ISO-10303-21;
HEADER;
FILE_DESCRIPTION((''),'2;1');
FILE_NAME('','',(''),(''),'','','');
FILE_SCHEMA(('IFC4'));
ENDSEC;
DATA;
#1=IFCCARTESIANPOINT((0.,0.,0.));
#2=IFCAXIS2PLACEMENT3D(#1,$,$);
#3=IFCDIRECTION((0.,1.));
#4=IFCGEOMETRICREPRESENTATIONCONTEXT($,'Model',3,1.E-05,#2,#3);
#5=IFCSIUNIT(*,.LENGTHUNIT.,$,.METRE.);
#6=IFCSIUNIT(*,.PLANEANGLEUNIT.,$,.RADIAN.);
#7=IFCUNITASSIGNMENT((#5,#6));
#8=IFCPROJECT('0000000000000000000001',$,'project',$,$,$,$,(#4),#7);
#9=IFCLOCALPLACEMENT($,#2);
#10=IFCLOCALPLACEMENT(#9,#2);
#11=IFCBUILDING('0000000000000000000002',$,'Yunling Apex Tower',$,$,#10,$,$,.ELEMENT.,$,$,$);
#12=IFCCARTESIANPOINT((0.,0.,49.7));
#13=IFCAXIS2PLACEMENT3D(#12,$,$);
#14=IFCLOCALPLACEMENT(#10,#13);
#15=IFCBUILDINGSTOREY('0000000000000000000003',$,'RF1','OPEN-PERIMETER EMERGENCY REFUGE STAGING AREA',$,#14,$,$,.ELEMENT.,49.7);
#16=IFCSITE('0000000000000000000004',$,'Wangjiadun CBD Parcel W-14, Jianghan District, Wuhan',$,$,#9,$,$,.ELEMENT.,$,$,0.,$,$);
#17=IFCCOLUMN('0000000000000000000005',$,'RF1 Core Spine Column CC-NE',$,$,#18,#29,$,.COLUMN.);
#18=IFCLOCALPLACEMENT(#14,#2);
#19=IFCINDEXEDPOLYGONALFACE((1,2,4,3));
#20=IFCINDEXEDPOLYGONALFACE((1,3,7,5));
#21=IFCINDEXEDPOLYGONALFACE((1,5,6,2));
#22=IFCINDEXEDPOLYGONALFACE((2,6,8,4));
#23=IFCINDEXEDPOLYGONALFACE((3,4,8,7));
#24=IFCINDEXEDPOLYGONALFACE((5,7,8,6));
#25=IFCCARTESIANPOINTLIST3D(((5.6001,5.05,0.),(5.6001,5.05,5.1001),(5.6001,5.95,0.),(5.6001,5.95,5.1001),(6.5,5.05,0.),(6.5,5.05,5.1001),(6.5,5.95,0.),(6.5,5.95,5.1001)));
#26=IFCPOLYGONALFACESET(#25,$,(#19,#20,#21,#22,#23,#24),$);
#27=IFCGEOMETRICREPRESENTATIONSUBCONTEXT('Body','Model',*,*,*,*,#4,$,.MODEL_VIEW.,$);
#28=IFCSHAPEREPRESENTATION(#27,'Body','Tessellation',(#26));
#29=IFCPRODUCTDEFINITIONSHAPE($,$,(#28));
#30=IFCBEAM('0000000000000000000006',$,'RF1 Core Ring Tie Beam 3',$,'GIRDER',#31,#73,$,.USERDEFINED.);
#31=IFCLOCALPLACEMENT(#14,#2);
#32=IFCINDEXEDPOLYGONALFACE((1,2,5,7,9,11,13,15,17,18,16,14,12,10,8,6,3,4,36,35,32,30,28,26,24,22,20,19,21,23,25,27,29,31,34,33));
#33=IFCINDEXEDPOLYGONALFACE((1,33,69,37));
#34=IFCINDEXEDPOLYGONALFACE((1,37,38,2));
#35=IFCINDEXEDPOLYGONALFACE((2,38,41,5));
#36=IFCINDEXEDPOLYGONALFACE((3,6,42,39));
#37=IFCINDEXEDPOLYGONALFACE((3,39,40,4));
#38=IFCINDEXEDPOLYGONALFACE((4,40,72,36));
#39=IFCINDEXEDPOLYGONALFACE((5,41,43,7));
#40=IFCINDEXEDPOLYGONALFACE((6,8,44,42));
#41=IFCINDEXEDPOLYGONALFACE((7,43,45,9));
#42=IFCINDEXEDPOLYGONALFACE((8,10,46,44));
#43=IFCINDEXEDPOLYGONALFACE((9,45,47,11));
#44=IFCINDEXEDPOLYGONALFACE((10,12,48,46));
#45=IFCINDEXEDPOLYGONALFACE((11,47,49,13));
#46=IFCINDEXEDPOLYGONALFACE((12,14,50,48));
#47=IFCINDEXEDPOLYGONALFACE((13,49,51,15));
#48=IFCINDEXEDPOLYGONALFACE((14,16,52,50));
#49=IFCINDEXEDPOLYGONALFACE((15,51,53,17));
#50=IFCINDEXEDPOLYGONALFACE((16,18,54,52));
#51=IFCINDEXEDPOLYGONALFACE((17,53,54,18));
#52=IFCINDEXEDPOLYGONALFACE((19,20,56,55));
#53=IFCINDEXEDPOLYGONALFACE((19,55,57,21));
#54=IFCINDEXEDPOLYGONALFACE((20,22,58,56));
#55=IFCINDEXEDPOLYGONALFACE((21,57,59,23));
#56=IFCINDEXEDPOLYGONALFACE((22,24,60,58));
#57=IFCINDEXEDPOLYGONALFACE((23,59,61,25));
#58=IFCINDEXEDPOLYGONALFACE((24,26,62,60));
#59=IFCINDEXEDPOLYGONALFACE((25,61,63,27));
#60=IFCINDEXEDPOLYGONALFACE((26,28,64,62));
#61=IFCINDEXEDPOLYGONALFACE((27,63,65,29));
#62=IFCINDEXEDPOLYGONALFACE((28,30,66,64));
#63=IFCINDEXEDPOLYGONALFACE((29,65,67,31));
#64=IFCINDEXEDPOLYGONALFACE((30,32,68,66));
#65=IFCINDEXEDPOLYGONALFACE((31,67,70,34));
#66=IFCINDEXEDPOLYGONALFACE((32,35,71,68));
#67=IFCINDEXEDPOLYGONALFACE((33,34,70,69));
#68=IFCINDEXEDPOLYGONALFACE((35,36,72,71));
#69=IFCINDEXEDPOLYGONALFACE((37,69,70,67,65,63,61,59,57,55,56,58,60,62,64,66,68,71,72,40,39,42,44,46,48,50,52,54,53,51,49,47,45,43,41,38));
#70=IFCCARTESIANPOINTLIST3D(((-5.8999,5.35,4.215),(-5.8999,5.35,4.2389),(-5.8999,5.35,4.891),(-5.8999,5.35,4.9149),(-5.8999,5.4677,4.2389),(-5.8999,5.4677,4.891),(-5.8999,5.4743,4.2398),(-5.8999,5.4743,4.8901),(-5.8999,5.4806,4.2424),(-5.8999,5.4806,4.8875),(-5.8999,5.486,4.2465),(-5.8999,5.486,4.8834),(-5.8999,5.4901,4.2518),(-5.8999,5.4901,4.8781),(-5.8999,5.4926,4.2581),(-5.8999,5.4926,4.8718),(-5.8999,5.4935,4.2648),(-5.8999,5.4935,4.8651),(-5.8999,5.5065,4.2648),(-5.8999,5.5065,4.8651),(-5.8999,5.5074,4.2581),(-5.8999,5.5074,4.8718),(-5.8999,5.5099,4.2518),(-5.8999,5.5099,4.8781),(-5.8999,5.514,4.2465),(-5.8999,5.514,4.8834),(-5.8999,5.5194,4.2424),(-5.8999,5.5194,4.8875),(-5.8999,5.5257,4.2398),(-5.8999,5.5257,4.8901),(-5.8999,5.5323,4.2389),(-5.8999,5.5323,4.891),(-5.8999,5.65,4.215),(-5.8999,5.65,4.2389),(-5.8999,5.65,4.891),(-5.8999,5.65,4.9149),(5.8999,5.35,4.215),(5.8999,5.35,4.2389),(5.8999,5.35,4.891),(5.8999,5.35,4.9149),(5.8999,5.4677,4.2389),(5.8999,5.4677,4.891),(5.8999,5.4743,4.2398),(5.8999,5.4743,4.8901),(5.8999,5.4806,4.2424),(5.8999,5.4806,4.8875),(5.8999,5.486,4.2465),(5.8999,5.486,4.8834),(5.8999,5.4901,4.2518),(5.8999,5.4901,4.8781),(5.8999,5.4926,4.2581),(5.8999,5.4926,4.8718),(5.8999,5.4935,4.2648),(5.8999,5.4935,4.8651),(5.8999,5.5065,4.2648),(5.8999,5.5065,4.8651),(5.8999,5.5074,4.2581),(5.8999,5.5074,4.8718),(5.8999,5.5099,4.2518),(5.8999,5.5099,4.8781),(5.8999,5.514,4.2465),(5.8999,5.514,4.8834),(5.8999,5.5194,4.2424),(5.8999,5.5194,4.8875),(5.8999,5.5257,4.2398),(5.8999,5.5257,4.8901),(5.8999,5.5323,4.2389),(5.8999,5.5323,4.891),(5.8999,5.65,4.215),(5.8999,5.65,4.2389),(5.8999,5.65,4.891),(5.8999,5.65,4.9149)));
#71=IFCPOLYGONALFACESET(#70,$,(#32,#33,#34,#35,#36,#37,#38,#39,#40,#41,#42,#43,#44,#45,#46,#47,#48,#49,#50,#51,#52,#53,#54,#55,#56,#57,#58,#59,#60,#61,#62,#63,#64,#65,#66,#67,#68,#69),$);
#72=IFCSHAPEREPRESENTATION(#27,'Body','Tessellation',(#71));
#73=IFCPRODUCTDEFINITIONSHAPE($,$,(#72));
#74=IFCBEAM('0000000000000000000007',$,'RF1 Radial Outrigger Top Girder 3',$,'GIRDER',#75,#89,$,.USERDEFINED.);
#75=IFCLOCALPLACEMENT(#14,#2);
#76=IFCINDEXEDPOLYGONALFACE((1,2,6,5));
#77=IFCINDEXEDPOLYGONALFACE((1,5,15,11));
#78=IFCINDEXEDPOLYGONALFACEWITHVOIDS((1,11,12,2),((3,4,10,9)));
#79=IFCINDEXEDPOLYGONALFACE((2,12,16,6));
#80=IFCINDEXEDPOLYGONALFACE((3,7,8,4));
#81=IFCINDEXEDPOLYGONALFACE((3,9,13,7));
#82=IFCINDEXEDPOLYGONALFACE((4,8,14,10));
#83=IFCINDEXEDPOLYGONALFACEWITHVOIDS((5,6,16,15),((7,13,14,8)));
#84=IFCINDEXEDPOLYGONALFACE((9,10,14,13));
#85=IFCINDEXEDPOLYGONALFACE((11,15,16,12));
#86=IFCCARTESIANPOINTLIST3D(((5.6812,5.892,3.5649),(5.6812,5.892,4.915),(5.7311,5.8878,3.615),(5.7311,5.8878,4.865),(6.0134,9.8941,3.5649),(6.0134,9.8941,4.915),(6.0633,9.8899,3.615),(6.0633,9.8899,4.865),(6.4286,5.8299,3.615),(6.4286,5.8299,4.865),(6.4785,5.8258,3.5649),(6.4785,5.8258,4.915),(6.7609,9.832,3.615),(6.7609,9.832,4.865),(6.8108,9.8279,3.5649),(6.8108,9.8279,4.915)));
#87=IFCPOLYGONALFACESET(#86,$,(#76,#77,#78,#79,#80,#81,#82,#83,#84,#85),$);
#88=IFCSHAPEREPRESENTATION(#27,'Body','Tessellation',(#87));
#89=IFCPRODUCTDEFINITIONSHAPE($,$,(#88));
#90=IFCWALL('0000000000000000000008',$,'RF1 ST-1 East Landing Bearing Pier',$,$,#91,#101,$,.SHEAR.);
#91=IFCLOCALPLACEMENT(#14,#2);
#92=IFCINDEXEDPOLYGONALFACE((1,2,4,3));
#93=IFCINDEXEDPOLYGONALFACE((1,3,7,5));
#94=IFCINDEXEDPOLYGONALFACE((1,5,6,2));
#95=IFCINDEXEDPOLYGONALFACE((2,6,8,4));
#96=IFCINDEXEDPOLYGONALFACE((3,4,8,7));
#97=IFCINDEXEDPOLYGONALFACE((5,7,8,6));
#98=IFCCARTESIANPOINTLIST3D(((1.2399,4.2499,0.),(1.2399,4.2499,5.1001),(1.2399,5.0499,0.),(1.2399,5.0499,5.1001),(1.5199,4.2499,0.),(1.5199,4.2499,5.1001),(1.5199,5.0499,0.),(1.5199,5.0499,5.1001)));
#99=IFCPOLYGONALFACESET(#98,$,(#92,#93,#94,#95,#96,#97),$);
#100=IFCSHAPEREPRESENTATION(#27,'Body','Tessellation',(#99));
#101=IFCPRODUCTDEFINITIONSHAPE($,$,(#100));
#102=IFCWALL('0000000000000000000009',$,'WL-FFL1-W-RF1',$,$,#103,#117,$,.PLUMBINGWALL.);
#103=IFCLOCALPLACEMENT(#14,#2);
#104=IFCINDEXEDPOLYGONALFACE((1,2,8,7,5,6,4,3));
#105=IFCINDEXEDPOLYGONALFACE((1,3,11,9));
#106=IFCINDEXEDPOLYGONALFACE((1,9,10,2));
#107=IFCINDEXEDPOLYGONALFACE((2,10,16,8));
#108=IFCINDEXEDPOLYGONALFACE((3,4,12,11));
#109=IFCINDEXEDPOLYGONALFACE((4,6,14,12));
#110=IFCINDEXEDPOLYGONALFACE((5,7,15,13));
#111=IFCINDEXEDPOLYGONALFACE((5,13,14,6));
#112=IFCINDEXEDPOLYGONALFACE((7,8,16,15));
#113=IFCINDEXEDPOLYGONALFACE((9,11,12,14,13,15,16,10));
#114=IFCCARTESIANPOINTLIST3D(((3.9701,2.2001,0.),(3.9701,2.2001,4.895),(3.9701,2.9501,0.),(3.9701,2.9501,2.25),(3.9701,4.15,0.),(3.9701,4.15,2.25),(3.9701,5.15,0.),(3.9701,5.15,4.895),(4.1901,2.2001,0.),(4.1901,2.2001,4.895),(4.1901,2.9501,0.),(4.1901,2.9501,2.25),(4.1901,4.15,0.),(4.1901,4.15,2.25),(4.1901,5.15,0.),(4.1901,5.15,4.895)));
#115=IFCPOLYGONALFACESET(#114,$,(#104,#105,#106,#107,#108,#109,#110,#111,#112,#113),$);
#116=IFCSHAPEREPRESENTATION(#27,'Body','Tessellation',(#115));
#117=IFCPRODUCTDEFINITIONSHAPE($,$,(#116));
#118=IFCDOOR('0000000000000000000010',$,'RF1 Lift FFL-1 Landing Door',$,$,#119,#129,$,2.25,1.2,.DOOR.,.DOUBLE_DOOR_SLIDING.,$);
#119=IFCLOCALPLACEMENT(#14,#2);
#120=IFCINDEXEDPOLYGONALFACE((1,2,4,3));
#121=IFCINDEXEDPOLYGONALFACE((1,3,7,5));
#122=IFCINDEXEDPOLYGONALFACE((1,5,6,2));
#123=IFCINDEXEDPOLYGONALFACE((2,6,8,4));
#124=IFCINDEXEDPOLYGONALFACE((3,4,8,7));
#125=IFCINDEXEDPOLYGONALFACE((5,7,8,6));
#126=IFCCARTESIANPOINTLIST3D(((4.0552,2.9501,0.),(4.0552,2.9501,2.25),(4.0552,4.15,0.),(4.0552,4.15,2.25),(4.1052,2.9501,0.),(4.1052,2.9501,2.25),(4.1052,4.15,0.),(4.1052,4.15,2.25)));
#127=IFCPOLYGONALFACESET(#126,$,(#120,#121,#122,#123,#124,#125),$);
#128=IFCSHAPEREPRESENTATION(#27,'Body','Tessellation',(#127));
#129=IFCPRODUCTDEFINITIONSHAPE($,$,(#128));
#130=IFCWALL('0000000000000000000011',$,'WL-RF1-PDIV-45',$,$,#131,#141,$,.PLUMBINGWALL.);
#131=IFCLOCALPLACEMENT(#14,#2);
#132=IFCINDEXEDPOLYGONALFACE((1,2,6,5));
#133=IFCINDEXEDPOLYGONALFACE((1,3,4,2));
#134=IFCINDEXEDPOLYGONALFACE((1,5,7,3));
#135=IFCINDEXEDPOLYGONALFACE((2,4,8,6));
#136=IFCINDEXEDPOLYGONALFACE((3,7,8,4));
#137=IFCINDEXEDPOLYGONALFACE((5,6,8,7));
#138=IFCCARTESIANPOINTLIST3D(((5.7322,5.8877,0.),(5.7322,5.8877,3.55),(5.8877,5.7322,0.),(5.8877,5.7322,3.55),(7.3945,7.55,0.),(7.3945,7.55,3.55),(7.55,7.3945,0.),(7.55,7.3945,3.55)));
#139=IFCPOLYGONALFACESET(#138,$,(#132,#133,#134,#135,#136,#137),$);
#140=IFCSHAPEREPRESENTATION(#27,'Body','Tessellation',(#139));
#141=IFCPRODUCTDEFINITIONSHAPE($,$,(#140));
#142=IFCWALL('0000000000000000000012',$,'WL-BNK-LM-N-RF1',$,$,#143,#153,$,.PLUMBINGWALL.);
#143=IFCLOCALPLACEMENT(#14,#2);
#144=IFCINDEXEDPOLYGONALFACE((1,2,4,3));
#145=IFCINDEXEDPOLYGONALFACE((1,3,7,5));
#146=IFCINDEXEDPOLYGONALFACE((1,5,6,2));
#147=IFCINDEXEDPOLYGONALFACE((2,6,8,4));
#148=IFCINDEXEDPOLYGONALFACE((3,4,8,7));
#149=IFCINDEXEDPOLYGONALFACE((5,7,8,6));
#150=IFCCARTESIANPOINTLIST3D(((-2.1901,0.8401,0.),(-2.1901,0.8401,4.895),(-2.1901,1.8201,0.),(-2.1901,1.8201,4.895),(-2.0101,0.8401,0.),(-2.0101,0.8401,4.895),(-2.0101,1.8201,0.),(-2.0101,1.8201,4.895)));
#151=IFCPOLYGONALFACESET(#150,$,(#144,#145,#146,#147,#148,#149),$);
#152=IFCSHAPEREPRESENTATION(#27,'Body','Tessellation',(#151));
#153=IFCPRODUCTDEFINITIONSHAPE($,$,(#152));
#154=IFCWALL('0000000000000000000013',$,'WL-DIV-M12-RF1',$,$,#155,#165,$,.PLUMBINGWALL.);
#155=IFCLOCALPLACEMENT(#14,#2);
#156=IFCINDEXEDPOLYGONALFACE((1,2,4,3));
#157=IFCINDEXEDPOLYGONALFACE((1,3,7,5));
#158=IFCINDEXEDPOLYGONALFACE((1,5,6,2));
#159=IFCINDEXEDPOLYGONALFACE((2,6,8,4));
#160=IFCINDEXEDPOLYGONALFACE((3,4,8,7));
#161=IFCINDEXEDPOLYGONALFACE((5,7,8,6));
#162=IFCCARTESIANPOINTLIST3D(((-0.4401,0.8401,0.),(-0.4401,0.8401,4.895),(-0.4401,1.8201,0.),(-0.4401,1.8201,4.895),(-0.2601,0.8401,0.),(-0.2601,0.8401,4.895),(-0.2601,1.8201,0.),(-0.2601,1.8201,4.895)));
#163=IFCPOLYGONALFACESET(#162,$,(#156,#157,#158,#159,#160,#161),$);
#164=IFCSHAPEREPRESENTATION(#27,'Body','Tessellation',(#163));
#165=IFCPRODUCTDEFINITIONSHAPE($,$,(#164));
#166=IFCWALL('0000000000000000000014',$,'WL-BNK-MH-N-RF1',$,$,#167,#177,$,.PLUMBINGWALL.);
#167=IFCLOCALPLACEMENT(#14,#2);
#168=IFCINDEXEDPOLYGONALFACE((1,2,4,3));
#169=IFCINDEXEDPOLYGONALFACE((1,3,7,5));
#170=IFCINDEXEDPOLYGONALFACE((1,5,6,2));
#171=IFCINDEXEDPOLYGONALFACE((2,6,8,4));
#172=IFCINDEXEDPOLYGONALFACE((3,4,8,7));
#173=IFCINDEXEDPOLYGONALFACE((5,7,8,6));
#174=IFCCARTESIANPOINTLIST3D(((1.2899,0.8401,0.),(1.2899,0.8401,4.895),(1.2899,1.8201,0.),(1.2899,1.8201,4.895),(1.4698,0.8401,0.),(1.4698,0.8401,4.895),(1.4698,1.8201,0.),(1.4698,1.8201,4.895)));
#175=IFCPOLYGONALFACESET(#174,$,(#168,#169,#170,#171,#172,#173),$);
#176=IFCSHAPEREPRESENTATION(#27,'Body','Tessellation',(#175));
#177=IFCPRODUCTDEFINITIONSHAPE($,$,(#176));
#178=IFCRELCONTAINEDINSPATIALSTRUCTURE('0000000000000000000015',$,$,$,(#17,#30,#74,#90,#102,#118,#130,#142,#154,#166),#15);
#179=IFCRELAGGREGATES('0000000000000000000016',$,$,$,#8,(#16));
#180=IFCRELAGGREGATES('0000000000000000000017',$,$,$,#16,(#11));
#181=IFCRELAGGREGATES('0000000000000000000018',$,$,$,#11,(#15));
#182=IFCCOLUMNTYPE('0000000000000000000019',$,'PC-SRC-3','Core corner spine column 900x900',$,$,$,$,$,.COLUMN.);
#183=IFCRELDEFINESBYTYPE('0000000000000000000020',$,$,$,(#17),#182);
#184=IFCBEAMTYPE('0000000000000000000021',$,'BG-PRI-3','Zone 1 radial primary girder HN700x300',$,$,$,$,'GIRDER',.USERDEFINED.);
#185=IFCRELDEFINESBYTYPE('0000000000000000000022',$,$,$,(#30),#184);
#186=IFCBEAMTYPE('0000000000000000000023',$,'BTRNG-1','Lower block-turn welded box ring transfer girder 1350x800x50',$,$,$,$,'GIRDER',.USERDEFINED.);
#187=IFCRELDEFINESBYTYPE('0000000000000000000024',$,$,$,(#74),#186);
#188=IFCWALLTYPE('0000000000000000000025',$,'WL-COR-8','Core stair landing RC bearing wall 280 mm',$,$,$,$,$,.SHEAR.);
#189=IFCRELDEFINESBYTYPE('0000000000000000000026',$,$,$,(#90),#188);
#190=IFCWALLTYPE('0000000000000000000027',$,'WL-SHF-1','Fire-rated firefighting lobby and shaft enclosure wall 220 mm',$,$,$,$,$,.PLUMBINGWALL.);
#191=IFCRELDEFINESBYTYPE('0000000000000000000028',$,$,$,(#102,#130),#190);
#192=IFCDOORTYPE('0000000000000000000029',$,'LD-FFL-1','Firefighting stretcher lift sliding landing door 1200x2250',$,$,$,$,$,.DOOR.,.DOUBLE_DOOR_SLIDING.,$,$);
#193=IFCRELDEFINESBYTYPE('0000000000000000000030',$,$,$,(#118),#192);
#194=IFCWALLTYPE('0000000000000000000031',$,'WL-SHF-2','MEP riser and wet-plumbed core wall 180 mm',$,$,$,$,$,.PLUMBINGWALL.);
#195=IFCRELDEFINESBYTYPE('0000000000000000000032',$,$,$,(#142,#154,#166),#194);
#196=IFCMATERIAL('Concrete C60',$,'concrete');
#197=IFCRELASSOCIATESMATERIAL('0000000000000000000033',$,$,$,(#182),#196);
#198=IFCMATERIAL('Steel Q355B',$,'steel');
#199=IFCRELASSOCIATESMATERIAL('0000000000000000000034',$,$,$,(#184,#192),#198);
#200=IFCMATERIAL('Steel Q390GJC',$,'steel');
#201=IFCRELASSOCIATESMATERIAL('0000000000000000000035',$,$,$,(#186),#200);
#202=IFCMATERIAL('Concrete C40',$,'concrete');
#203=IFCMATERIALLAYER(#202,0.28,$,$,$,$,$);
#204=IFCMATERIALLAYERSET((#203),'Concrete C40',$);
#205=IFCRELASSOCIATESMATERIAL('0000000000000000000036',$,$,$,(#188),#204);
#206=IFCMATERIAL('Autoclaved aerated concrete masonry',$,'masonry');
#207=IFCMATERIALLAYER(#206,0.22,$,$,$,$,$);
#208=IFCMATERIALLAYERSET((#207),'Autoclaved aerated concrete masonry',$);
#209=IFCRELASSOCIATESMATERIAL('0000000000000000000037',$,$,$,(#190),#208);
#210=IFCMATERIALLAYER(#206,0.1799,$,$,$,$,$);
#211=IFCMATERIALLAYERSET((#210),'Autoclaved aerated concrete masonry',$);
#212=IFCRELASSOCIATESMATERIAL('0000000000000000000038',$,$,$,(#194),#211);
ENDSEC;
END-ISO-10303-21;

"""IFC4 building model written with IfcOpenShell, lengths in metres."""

from ifc_helpers import new_model, si_unit, direction, frame, frame_2d, origin, origin_2d, place, context, subcontext, project, spatial, rectangle, hollow_rectangle, i_section, extrude, source, transform, mapped, material, layer, layer_set, material_profile, profile_set, type_object, element, fill, save


model = new_model("IFC4")

# Units and contexts
model_context = context("Model", 3, precision=1e-05, world=origin(), true_north=direction((0.0, 1.0)))
body_context = subcontext(model_context, "Body", "Model", "MODEL_VIEW")
ifc_project = project(units=[si_unit("LENGTHUNIT", "METRE"), si_unit("PLANEANGLEUNIT", "RADIAN")], contexts=[model_context])

# Site, building, storey
site_placement = place(None, origin())
site = spatial("IfcSite", under=ifc_project, at=site_placement, Name="Wangjiadun CBD Parcel W-14, Jianghan District, Wuhan", CompositionType="ELEMENT", RefElevation=0.0)
building_placement = place(site_placement, origin())
building = spatial("IfcBuilding", under=site, at=building_placement, Name="Yunling Apex Tower", CompositionType="ELEMENT")
storey_placement = place(building_placement, frame((0.0, 0.0, 49.7)))
storey = spatial("IfcBuildingStorey", under=building, at=storey_placement, Name="RF1", Description="OPEN-PERIMETER EMERGENCY REFUGE STAGING AREA", CompositionType="ELEMENT", Elevation=49.7)

# Column
ifc_material_1 = material(Name="Concrete C60", Category="concrete")
ifc_material_profile_1 = material_profile(ifc_material_1, rectangle(XDim=0.8999, YDim=0.8999, at=origin_2d()))
ifc_profile_set_1 = profile_set([ifc_material_profile_1], Name="Concrete C60")
column_type = type_object("IfcColumnType", Name="PC-SRC-3", Description="Core corner spine column 900x900", PredefinedType="COLUMN", material=ifc_profile_set_1)
shared_shape_1 = source(origin(), body_context, "Body", "SweptSolid", [
    extrude(rectangle(XDim=0.8999, YDim=0.8999, at=origin_2d()), origin(), (0.0, 0.0, 1.0), 5.1001),
])
column_placement = place(storey_placement, frame((6.05, 5.5, 0.0), z_axis=(0.0, 0.0, 1.0), x_axis=(1.0, 0.0, 0.0)))
element("IfcColumn", 1, at=column_placement, inside=storey, type_object=column_type, Name="RF1 Core Spine Column CC-NE", PredefinedType="COLUMN", context=body_context, shape_type="MappedRepresentation", body=[
    mapped(shared_shape_1, transform((0.0, 0.0, 0.0), scale=1.0)),
])

# Beams
ifc_material_2 = material(Name="Steel Q355B", Category="steel")
ifc_material_profile_2 = material_profile(ifc_material_2, i_section(OverallWidth=0.3, OverallDepth=0.7, WebThickness=0.0129, FlangeThickness=0.0239, FilletRadius=0.0259, at=origin_2d()))
ifc_profile_set_2 = profile_set([ifc_material_profile_2], Name="Steel Q355B")
beam_type_1 = type_object("IfcBeamType", Name="BG-PRI-3", Description="Zone 1 radial primary girder HN700x300", ElementType="GIRDER", PredefinedType="USERDEFINED", material=ifc_profile_set_2)
shared_shape_2 = source(origin(), body_context, "Body", "SweptSolid", [
    extrude(i_section(OverallWidth=0.3, OverallDepth=0.7, WebThickness=0.0129, FlangeThickness=0.0239, FilletRadius=0.0259, at=origin_2d()), origin(), (0.0, 0.0, 1.0), 11.7998),
])
beam_1_placement = place(storey_placement, frame((5.8999, 5.5, 4.5649), z_axis=(-1.0, 0.0, 0.0), x_axis=(0.0, -1.0, 0.0)))
element("IfcBeam", 2, at=beam_1_placement, inside=storey, type_object=beam_type_1, Name="RF1 Core Ring Tie Beam 3", ObjectType="GIRDER", PredefinedType="USERDEFINED", context=body_context, shape_type="MappedRepresentation", body=[
    mapped(shared_shape_2, transform((0.0, 0.0, 0.0), scale=1.0)),
])
ifc_material_3 = material(Name="Steel Q390GJC", Category="steel")
ifc_material_profile_3 = material_profile(ifc_material_3, hollow_rectangle(XDim=0.8, YDim=1.3501, WallThickness=0.05, at=origin_2d()))
ifc_profile_set_3 = profile_set([ifc_material_profile_3], Name="Steel Q390GJC")
beam_type_2 = type_object("IfcBeamType", Name="BTRNG-1", Description="Lower block-turn welded box ring transfer girder 1350x800x50", ElementType="GIRDER", PredefinedType="USERDEFINED", material=ifc_profile_set_3)
shared_shape_3 = source(origin(), body_context, "Body", "SweptSolid", [
    extrude(hollow_rectangle(XDim=0.8, YDim=1.3501, WallThickness=0.05, at=origin_2d()), origin(), (0.0, 0.0, 1.0), 4.0159),
])
beam_2_placement = place(storey_placement, frame((6.0798, 5.8589, 4.24), z_axis=(0.082739, 0.996571, 0.0), x_axis=(-0.996571, 0.082739, 0.0)))
element("IfcBeam", 3, at=beam_2_placement, inside=storey, type_object=beam_type_2, Name="RF1 Radial Outrigger Top Girder 3", ObjectType="GIRDER", PredefinedType="USERDEFINED", context=body_context, shape_type="MappedRepresentation", body=[
    mapped(shared_shape_3, transform((0.0, 0.0, 0.0), scale=1.0)),
])

# Wall
ifc_material_4 = material(Name="Concrete C40", Category="concrete")
ifc_layer_1 = layer(ifc_material_4, 0.28)
ifc_layer_set_1 = layer_set([ifc_layer_1], Name="Concrete C40")
wall_type_1 = type_object("IfcWallType", Name="WL-COR-8", Description="Core stair landing RC bearing wall 280 mm", PredefinedType="SHEAR", material=ifc_layer_set_1)
wall_1_placement = place(storey_placement, frame((1.3799, 4.25, 0.0), z_axis=(0.0, 0.0, 1.0), x_axis=(0.0, 1.0, 0.0)))
element("IfcWall", 4, at=wall_1_placement, inside=storey, type_object=wall_type_1, Name="RF1 ST-1 East Landing Bearing Pier", PredefinedType="SHEAR", context=body_context, shape_type="SweptSolid", body=[
    extrude(rectangle(XDim=0.8, YDim=0.28, at=frame_2d((0.3999, 0.0))), origin(), (0.0, 0.0, 1.0), 5.1001),
])

# Wall, opening, door
ifc_material_5 = material(Name="Autoclaved aerated concrete masonry", Category="masonry")
ifc_layer_2 = layer(ifc_material_5, 0.22)
ifc_layer_set_2 = layer_set([ifc_layer_2], Name="Autoclaved aerated concrete masonry")
wall_type_2 = type_object("IfcWallType", Name="WL-SHF-1", Description="Fire-rated firefighting lobby and shaft enclosure wall 220 mm", PredefinedType="PLUMBINGWALL", material=ifc_layer_set_2)
wall_2_placement = place(storey_placement, frame((4.0801, 2.2, 0.0), z_axis=(0.0, 0.0, 1.0), x_axis=(0.0, 1.0, 0.0)))
wall_2 = element("IfcWall", 5, at=wall_2_placement, inside=storey, type_object=wall_type_2, Name="WL-FFL1-W-RF1", PredefinedType="PLUMBINGWALL", context=body_context, shape_type="SweptSolid", body=[
    extrude(rectangle(XDim=2.95, YDim=0.22, at=frame_2d((1.4751, 0.0))), origin(), (0.0, 0.0, 1.0), 4.895),
])
opening_1_placement = place(wall_2_placement, frame((0.75, 0.0, 0.0)))
opening_1 = element("IfcOpeningElement", 6, at=opening_1_placement, cuts=wall_2, PredefinedType="OPENING", context=body_context, shape_type="SweptSolid", body=[
    extrude(rectangle(XDim=1.2, YDim=2.25, at=frame_2d((0.6001, 1.125))), frame((0.0, 0.1201, 0.0), z_axis=(0.0, -1.0, 0.0), x_axis=(1.0, 0.0, 0.0)), (0.0, 0.0, 1.0), 0.24),
])
door_type_1 = type_object("IfcDoorType", Name="LD-FFL-1", Description="Firefighting stretcher lift sliding landing door 1200x2250", OperationType="DOUBLE_DOOR_SLIDING", PredefinedType="DOOR", material=ifc_material_2)
door_1_placement = place(opening_1_placement, origin())
door_1 = element("IfcDoor", 7, at=door_1_placement, inside=storey, type_object=door_type_1, Name="RF1 Lift FFL-1 Landing Door", OperationType="DOUBLE_DOOR_SLIDING", OverallHeight=2.25, OverallWidth=1.2, PredefinedType="DOOR", context=body_context, shape_type="SweptSolid", body=[
    extrude(rectangle(XDim=1.2, YDim=2.25, at=frame_2d((0.6001, 1.125))), frame((0.0, 0.0249, 0.0), z_axis=(0.0, -1.0, 0.0), x_axis=(1.0, 0.0, 0.0)), (0.0, 0.0, 1.0), 0.05),
])
fill(opening_1, door_1)

# Walls
wall_3_placement = place(storey_placement, frame((5.8101, 5.8101, 0.0), z_axis=(0.0, 0.0, 1.0), x_axis=(0.707107, 0.707107, 0.0)))
element("IfcWall", 8, at=wall_3_placement, inside=storey, type_object=wall_type_2, Name="WL-RF1-PDIV-45", PredefinedType="PLUMBINGWALL", context=body_context, shape_type="SweptSolid", body=[
    extrude(rectangle(XDim=2.3508, YDim=0.22, at=frame_2d((1.1753, 0.0))), origin(), (0.0, 0.0, 1.0), 3.55),
])
ifc_layer_3 = layer(ifc_material_5, 0.1799)
ifc_layer_set_3 = layer_set([ifc_layer_3], Name="Autoclaved aerated concrete masonry")
wall_type_3 = type_object("IfcWallType", Name="WL-SHF-2", Description="MEP riser and wet-plumbed core wall 180 mm", PredefinedType="PLUMBINGWALL", material=ifc_layer_set_3)
for number, where, z_axis, x_axis, name in (
    (9, (-2.1001, 0.8401, 0.0), (0.0, 0.0, 1.0), (0.0, 1.0, 0.0), "WL-BNK-LM-N-RF1"),
    (10, (-0.3501, 0.8401, 0.0), (0.0, 0.0, 1.0), (0.0, 1.0, 0.0), "WL-DIV-M12-RF1"),
    (11, (1.3799, 0.8401, 0.0), (0.0, 0.0, 1.0), (0.0, 1.0, 0.0), "WL-BNK-MH-N-RF1"),
):
    element("IfcWall", number, at=place(storey_placement, frame(where, z_axis=z_axis, x_axis=x_axis)), inside=storey, type_object=wall_type_3, Name=name, PredefinedType="PLUMBINGWALL", context=body_context, shape_type="SweptSolid", body=[
        extrude(rectangle(XDim=0.98, YDim=0.1799, at=frame_2d((0.49, 0.0))), origin(), (0.0, 0.0, 1.0), 4.895),
    ])

save(model, "model.ifc")
